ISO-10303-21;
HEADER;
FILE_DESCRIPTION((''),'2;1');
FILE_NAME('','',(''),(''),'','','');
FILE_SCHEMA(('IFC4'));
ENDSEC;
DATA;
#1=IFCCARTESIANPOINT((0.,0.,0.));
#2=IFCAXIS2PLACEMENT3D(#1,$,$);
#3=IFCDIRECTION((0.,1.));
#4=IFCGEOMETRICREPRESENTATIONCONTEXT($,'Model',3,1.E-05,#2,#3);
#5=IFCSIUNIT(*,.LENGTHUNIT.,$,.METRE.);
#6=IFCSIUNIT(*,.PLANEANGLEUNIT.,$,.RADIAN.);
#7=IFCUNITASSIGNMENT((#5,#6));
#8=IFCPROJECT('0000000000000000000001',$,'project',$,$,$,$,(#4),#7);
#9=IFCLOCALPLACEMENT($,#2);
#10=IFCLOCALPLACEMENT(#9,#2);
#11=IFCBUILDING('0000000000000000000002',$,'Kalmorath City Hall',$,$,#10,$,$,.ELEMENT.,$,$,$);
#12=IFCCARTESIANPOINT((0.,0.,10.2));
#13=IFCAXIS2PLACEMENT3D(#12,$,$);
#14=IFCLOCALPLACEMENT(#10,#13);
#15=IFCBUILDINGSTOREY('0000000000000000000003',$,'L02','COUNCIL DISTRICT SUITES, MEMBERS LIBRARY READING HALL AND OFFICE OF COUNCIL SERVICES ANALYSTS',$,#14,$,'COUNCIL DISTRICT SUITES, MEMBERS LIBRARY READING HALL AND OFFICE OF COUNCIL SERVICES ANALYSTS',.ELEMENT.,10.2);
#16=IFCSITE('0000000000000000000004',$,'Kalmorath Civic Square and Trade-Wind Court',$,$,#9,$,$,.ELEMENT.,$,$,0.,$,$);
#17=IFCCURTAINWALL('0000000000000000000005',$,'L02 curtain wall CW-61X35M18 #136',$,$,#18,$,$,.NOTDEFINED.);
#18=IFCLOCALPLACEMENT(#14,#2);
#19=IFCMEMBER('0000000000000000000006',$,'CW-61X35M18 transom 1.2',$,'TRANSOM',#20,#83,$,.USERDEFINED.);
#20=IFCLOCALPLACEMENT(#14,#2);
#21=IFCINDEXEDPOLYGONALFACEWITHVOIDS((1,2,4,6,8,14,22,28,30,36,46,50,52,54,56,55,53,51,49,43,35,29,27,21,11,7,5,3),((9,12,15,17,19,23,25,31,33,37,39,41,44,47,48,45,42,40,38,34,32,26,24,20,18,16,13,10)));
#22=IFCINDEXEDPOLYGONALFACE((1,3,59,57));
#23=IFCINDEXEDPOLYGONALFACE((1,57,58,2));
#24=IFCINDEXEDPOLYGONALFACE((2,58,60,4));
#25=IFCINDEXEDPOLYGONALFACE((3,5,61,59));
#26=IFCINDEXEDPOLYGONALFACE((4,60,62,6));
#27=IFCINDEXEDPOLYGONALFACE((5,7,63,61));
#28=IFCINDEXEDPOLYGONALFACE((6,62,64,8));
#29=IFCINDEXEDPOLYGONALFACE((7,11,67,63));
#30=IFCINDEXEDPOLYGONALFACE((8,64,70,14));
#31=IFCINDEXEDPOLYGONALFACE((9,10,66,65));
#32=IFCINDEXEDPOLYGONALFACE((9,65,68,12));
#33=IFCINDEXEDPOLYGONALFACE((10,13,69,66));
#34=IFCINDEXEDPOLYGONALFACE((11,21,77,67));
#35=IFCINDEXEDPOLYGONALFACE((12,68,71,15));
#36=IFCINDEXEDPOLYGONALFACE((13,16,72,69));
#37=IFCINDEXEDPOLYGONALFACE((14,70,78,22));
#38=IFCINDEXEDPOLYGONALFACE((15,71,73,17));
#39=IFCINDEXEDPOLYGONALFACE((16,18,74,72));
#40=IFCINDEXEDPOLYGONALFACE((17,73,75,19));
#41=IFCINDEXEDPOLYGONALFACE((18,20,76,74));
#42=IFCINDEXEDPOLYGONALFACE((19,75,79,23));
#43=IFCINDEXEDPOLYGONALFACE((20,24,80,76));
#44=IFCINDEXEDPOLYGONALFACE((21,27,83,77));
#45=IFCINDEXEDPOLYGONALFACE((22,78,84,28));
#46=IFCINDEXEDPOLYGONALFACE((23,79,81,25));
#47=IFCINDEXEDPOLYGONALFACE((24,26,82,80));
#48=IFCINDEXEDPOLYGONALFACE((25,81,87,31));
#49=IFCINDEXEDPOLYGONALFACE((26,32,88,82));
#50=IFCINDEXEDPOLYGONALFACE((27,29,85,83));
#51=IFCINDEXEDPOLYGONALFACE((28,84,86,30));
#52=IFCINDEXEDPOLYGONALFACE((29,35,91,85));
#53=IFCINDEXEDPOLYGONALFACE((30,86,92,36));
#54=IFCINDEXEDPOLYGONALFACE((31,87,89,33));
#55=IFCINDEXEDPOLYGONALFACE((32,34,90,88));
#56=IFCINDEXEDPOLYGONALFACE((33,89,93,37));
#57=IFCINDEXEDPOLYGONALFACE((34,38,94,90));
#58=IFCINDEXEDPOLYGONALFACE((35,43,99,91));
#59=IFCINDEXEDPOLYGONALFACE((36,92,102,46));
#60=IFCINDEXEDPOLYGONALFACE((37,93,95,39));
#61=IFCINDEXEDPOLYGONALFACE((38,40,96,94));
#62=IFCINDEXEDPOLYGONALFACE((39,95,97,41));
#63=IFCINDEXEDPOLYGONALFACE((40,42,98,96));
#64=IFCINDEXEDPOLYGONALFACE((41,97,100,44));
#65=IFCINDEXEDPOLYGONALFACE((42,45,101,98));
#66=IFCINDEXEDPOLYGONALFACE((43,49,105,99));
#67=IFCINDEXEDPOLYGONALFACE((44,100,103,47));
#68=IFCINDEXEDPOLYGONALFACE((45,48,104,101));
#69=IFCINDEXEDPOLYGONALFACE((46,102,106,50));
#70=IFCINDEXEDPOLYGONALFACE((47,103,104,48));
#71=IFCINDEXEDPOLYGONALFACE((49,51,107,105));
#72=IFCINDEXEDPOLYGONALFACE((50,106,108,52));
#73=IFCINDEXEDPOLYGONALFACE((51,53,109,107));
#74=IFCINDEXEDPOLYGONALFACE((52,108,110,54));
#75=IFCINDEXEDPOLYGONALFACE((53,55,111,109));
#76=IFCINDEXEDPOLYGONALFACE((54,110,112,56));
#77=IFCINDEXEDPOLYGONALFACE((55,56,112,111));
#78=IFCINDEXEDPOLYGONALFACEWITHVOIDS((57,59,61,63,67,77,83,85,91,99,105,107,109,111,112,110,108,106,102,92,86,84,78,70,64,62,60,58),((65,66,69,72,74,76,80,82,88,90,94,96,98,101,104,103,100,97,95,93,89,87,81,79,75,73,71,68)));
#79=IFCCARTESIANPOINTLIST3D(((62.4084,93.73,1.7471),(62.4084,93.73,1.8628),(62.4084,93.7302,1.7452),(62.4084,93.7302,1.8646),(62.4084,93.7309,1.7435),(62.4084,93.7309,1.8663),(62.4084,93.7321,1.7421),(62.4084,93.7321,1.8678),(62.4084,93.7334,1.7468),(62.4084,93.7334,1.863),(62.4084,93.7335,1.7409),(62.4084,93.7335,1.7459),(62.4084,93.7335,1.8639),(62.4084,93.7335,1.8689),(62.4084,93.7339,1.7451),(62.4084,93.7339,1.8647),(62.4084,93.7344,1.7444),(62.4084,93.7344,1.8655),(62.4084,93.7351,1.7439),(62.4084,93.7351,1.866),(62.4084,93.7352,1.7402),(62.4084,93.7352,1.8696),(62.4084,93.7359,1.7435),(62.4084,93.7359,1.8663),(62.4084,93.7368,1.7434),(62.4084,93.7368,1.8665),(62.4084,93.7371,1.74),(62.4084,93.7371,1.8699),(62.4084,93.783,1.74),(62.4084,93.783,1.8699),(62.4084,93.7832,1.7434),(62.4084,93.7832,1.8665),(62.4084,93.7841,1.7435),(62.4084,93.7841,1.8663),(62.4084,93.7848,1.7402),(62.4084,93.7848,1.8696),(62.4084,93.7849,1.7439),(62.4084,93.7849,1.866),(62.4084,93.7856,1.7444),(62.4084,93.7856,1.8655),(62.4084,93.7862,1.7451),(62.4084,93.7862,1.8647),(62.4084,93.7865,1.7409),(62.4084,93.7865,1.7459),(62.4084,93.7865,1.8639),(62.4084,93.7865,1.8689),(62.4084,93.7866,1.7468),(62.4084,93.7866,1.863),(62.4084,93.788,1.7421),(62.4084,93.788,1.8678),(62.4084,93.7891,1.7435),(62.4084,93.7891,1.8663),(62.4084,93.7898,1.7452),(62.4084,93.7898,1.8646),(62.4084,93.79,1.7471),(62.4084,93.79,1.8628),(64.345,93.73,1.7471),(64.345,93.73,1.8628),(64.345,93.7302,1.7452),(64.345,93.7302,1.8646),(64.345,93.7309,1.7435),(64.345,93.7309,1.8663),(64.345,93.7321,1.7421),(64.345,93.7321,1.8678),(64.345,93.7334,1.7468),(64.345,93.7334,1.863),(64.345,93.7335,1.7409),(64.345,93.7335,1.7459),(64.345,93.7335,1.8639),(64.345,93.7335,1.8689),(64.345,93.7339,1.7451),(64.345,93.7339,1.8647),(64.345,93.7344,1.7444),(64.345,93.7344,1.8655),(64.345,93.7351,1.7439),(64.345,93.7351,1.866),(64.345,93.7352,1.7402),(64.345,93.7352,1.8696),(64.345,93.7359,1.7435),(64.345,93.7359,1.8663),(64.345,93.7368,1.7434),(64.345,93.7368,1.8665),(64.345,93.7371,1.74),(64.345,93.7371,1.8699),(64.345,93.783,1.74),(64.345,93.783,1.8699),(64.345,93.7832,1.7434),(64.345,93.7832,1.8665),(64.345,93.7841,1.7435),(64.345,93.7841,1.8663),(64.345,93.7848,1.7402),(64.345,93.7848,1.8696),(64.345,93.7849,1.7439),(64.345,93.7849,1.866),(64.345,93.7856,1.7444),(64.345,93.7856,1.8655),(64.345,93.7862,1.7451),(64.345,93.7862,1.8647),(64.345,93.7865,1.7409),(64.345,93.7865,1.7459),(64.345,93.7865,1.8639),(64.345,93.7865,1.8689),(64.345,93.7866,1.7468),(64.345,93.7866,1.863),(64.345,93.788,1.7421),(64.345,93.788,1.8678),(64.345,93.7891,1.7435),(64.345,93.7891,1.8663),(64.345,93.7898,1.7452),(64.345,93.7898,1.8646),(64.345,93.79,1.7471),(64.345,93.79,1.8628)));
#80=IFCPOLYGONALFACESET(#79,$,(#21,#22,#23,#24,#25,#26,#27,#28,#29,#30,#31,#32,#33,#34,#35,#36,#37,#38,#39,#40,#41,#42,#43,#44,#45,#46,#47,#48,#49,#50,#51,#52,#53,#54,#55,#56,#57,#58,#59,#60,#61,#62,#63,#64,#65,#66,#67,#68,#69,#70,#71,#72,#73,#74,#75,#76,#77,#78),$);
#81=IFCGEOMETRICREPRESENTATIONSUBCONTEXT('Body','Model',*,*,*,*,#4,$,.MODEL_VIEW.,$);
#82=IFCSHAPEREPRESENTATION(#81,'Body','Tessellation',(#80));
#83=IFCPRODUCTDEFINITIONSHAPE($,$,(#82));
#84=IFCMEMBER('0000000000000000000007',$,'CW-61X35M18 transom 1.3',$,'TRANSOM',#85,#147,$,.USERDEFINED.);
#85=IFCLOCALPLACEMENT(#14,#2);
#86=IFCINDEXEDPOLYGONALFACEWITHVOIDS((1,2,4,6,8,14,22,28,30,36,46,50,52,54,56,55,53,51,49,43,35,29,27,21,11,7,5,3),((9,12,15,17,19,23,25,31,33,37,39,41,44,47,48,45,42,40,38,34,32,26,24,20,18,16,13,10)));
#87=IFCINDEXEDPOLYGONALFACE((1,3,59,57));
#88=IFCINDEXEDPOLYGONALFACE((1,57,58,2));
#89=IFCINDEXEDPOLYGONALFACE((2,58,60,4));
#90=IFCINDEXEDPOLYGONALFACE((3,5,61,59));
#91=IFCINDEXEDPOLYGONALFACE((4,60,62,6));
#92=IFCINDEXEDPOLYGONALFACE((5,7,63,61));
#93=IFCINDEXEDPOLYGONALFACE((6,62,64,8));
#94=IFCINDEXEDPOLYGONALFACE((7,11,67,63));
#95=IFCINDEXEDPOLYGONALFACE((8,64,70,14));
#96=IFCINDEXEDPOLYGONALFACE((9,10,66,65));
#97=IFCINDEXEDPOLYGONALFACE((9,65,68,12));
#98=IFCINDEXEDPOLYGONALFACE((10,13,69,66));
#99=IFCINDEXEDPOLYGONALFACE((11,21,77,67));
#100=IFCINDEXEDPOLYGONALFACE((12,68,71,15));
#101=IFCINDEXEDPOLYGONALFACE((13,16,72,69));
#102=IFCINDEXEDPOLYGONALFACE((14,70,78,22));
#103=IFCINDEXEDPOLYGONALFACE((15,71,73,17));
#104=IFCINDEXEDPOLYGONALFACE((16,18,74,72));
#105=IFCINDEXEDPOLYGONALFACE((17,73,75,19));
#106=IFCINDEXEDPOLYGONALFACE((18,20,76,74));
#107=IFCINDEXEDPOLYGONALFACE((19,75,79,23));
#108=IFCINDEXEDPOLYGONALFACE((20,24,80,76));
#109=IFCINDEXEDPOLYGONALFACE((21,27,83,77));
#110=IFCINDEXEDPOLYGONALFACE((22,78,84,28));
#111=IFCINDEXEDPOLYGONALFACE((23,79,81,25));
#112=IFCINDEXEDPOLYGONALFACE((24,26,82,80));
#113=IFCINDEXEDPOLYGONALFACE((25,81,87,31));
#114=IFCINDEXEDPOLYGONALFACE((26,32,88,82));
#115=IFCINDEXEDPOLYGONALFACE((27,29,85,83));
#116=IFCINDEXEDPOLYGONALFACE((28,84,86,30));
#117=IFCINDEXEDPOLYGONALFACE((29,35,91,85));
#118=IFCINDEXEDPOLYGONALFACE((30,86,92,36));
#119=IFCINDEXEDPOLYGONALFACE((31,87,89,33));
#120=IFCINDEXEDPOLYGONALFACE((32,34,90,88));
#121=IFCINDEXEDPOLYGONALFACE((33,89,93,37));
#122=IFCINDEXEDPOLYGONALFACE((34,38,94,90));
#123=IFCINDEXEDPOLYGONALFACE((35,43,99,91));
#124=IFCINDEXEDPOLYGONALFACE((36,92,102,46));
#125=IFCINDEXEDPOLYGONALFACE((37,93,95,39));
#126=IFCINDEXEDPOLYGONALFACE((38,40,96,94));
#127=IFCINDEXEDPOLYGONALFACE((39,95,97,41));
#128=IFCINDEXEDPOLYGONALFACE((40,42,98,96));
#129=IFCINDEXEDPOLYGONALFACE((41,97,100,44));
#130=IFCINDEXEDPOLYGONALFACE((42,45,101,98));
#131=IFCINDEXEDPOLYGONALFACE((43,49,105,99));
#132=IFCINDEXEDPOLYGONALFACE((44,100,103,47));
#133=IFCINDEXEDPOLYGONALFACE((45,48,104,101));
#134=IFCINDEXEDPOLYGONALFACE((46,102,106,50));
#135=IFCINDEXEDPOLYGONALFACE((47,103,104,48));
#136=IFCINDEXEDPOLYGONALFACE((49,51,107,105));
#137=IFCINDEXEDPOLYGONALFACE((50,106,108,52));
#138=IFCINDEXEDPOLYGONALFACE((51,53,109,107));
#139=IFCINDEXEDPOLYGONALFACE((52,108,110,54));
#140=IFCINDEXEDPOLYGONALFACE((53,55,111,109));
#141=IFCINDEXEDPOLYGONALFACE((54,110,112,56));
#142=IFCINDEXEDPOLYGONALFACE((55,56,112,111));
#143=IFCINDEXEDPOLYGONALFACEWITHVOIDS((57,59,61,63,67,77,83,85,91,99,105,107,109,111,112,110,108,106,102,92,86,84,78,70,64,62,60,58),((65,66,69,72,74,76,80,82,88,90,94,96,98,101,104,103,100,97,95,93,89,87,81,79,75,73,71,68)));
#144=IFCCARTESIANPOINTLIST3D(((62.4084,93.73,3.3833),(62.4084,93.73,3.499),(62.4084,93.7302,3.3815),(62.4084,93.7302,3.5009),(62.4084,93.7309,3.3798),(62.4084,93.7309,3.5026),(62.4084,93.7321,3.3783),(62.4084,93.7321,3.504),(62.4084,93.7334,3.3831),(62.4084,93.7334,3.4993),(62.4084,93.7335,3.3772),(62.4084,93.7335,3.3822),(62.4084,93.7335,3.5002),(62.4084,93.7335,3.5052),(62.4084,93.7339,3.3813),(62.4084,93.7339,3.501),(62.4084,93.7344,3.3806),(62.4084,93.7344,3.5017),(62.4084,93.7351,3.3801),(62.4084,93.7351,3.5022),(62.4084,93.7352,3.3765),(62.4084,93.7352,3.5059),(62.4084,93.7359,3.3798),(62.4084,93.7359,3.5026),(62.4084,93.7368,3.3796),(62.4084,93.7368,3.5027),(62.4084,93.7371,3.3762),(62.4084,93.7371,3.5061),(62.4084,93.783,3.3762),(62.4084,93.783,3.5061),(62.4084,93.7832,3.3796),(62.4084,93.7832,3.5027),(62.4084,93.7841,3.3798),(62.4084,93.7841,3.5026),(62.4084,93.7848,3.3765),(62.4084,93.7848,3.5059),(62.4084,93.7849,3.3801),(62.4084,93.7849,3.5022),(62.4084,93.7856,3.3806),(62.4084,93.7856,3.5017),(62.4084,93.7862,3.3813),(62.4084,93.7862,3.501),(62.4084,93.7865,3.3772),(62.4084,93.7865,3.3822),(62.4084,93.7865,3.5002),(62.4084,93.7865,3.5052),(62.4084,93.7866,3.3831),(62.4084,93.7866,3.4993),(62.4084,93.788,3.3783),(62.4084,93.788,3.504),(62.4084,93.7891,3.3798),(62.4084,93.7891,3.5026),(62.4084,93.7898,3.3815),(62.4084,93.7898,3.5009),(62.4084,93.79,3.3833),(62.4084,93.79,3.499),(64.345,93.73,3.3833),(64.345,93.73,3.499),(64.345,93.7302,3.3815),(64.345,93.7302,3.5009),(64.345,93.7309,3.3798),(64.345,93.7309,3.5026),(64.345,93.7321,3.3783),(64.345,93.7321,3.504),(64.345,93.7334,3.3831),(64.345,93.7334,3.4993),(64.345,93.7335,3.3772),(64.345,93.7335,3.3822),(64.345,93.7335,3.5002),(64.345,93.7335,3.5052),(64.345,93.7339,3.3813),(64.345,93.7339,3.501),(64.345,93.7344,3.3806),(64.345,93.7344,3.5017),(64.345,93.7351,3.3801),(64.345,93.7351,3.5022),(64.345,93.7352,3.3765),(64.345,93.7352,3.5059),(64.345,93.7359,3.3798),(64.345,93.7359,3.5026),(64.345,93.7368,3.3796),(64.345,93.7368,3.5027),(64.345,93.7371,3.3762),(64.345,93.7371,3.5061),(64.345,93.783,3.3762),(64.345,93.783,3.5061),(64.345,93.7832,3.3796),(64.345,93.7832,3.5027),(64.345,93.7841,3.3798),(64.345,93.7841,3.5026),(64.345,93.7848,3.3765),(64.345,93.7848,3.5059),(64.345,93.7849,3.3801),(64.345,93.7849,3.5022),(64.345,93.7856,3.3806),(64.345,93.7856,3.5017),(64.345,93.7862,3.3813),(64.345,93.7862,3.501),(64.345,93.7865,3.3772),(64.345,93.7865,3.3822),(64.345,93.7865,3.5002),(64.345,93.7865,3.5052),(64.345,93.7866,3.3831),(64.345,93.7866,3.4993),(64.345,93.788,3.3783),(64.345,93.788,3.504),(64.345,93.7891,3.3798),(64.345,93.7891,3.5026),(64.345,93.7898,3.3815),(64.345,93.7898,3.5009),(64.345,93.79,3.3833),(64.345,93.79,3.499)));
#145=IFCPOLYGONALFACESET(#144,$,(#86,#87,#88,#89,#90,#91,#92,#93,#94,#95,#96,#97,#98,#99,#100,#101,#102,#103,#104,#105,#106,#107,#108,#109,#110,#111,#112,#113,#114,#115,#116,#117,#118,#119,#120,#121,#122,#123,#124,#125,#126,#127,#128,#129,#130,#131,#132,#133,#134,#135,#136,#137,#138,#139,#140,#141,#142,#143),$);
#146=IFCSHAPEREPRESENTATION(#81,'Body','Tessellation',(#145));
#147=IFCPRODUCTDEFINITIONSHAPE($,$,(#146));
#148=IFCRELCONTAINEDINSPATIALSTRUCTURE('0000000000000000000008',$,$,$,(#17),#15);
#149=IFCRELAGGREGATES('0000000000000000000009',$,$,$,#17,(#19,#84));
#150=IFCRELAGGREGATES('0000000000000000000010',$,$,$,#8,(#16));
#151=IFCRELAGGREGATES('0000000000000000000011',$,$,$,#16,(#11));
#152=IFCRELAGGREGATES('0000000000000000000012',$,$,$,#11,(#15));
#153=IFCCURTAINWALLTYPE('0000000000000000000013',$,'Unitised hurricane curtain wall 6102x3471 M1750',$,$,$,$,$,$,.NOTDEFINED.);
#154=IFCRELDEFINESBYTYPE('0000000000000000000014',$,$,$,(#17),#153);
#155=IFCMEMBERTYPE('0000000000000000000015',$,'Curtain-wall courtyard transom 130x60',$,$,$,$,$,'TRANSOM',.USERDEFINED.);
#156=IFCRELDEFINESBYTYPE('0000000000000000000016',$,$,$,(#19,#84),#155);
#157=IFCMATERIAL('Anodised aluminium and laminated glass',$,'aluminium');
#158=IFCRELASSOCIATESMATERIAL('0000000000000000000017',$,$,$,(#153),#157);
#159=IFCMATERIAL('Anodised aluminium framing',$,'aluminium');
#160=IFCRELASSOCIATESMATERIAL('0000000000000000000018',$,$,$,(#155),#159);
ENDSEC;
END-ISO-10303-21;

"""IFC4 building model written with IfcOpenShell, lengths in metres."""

from ifc_helpers import new_model, si_unit, direction, frame, origin, origin_2d, place, context, subcontext, project, spatial, hollow_rectangle, extrude, material, material_profile, profile_set, type_object, element, aggregate, save


model = new_model("IFC4")

# Units and contexts
model_context = context("Model", 3, precision=1e-05, world=origin(), true_north=direction((0.0, 1.0)))
body_context = subcontext(model_context, "Body", "Model", "MODEL_VIEW")
ifc_project = project(units=[si_unit("LENGTHUNIT", "METRE"), si_unit("PLANEANGLEUNIT", "RADIAN")], contexts=[model_context])

# Site, building, storey
site_placement = place(None, origin())
site = spatial("IfcSite", under=ifc_project, at=site_placement, Name="Kalmorath Civic Square and Trade-Wind Court", CompositionType="ELEMENT", RefElevation=0.0)
building_placement = place(site_placement, origin())
building = spatial("IfcBuilding", under=site, at=building_placement, Name="Kalmorath City Hall", CompositionType="ELEMENT")
storey_placement = place(building_placement, frame((0.0, 0.0, 10.2)))
storey = spatial("IfcBuildingStorey", under=building, at=storey_placement, Name="L02", Description="COUNCIL DISTRICT SUITES, MEMBERS LIBRARY READING HALL AND OFFICE OF COUNCIL SERVICES ANALYSTS", LongName="COUNCIL DISTRICT SUITES, MEMBERS LIBRARY READING HALL AND OFFICE OF COUNCIL SERVICES ANALYSTS", CompositionType="ELEMENT", Elevation=10.2)

# Curtain wall
ifc_material_1 = material(Name="Anodised aluminium and laminated glass", Category="aluminium")
curtain_wall_type_1 = type_object("IfcCurtainWallType", Name="Unitised hurricane curtain wall 6102x3471 M1750", PredefinedType="NOTDEFINED", material=ifc_material_1)
curtain_wall_1_placement = place(storey_placement, origin())
curtain_wall_1 = element("IfcCurtainWall", 1, at=curtain_wall_1_placement, inside=storey, type_object=curtain_wall_type_1, Name="L02 curtain wall CW-61X35M18 #136", PredefinedType="NOTDEFINED")

# Members
ifc_material_2 = material(Name="Anodised aluminium framing", Category="aluminium")
ifc_material_profile_1 = material_profile(ifc_material_2, hollow_rectangle(XDim=0.0601, YDim=0.1299, WallThickness=0.0034, InnerFilletRadius=0.0034, OuterFilletRadius=0.0071, at=origin_2d()), Name="ALU-TRN-130X60X3.5")
ifc_profile_set_1 = profile_set([ifc_material_profile_1], Name="Anodised aluminium framing")
member_type_1 = type_object("IfcMemberType", Name="Curtain-wall courtyard transom 130x60", ElementType="TRANSOM", PredefinedType="USERDEFINED", material=ifc_profile_set_1)
member_1_placement = place(storey_placement, frame((64.345, 93.76, 1.8049), z_axis=(-1.0, 0.0, 0.0), x_axis=(0.0, -1.0, 0.0)))
member_1 = element("IfcMember", 2, at=member_1_placement, type_object=member_type_1, Name="CW-61X35M18 transom 1.2", ObjectType="TRANSOM", PredefinedType="USERDEFINED", context=body_context, shape_type="SweptSolid", body=[
    extrude(hollow_rectangle(XDim=0.0601, YDim=0.1299, WallThickness=0.0034, InnerFilletRadius=0.0034, OuterFilletRadius=0.0071, at=origin_2d()), origin(), (0.0, 0.0, 1.0), 1.9365),
])
member_2_placement = place(storey_placement, frame((64.345, 93.76, 3.4412), z_axis=(-1.0, 0.0, 0.0), x_axis=(0.0, -1.0, 0.0)))
member_2 = element("IfcMember", 3, at=member_2_placement, type_object=member_type_1, Name="CW-61X35M18 transom 1.3", ObjectType="TRANSOM", PredefinedType="USERDEFINED", context=body_context, shape_type="SweptSolid", body=[
    extrude(hollow_rectangle(XDim=0.0601, YDim=0.1299, WallThickness=0.0034, InnerFilletRadius=0.0034, OuterFilletRadius=0.0071, at=origin_2d()), origin(), (0.0, 0.0, 1.0), 1.9365),
])

aggregate(curtain_wall_1, [member_1, member_2])

save(model, "model.ifc")
